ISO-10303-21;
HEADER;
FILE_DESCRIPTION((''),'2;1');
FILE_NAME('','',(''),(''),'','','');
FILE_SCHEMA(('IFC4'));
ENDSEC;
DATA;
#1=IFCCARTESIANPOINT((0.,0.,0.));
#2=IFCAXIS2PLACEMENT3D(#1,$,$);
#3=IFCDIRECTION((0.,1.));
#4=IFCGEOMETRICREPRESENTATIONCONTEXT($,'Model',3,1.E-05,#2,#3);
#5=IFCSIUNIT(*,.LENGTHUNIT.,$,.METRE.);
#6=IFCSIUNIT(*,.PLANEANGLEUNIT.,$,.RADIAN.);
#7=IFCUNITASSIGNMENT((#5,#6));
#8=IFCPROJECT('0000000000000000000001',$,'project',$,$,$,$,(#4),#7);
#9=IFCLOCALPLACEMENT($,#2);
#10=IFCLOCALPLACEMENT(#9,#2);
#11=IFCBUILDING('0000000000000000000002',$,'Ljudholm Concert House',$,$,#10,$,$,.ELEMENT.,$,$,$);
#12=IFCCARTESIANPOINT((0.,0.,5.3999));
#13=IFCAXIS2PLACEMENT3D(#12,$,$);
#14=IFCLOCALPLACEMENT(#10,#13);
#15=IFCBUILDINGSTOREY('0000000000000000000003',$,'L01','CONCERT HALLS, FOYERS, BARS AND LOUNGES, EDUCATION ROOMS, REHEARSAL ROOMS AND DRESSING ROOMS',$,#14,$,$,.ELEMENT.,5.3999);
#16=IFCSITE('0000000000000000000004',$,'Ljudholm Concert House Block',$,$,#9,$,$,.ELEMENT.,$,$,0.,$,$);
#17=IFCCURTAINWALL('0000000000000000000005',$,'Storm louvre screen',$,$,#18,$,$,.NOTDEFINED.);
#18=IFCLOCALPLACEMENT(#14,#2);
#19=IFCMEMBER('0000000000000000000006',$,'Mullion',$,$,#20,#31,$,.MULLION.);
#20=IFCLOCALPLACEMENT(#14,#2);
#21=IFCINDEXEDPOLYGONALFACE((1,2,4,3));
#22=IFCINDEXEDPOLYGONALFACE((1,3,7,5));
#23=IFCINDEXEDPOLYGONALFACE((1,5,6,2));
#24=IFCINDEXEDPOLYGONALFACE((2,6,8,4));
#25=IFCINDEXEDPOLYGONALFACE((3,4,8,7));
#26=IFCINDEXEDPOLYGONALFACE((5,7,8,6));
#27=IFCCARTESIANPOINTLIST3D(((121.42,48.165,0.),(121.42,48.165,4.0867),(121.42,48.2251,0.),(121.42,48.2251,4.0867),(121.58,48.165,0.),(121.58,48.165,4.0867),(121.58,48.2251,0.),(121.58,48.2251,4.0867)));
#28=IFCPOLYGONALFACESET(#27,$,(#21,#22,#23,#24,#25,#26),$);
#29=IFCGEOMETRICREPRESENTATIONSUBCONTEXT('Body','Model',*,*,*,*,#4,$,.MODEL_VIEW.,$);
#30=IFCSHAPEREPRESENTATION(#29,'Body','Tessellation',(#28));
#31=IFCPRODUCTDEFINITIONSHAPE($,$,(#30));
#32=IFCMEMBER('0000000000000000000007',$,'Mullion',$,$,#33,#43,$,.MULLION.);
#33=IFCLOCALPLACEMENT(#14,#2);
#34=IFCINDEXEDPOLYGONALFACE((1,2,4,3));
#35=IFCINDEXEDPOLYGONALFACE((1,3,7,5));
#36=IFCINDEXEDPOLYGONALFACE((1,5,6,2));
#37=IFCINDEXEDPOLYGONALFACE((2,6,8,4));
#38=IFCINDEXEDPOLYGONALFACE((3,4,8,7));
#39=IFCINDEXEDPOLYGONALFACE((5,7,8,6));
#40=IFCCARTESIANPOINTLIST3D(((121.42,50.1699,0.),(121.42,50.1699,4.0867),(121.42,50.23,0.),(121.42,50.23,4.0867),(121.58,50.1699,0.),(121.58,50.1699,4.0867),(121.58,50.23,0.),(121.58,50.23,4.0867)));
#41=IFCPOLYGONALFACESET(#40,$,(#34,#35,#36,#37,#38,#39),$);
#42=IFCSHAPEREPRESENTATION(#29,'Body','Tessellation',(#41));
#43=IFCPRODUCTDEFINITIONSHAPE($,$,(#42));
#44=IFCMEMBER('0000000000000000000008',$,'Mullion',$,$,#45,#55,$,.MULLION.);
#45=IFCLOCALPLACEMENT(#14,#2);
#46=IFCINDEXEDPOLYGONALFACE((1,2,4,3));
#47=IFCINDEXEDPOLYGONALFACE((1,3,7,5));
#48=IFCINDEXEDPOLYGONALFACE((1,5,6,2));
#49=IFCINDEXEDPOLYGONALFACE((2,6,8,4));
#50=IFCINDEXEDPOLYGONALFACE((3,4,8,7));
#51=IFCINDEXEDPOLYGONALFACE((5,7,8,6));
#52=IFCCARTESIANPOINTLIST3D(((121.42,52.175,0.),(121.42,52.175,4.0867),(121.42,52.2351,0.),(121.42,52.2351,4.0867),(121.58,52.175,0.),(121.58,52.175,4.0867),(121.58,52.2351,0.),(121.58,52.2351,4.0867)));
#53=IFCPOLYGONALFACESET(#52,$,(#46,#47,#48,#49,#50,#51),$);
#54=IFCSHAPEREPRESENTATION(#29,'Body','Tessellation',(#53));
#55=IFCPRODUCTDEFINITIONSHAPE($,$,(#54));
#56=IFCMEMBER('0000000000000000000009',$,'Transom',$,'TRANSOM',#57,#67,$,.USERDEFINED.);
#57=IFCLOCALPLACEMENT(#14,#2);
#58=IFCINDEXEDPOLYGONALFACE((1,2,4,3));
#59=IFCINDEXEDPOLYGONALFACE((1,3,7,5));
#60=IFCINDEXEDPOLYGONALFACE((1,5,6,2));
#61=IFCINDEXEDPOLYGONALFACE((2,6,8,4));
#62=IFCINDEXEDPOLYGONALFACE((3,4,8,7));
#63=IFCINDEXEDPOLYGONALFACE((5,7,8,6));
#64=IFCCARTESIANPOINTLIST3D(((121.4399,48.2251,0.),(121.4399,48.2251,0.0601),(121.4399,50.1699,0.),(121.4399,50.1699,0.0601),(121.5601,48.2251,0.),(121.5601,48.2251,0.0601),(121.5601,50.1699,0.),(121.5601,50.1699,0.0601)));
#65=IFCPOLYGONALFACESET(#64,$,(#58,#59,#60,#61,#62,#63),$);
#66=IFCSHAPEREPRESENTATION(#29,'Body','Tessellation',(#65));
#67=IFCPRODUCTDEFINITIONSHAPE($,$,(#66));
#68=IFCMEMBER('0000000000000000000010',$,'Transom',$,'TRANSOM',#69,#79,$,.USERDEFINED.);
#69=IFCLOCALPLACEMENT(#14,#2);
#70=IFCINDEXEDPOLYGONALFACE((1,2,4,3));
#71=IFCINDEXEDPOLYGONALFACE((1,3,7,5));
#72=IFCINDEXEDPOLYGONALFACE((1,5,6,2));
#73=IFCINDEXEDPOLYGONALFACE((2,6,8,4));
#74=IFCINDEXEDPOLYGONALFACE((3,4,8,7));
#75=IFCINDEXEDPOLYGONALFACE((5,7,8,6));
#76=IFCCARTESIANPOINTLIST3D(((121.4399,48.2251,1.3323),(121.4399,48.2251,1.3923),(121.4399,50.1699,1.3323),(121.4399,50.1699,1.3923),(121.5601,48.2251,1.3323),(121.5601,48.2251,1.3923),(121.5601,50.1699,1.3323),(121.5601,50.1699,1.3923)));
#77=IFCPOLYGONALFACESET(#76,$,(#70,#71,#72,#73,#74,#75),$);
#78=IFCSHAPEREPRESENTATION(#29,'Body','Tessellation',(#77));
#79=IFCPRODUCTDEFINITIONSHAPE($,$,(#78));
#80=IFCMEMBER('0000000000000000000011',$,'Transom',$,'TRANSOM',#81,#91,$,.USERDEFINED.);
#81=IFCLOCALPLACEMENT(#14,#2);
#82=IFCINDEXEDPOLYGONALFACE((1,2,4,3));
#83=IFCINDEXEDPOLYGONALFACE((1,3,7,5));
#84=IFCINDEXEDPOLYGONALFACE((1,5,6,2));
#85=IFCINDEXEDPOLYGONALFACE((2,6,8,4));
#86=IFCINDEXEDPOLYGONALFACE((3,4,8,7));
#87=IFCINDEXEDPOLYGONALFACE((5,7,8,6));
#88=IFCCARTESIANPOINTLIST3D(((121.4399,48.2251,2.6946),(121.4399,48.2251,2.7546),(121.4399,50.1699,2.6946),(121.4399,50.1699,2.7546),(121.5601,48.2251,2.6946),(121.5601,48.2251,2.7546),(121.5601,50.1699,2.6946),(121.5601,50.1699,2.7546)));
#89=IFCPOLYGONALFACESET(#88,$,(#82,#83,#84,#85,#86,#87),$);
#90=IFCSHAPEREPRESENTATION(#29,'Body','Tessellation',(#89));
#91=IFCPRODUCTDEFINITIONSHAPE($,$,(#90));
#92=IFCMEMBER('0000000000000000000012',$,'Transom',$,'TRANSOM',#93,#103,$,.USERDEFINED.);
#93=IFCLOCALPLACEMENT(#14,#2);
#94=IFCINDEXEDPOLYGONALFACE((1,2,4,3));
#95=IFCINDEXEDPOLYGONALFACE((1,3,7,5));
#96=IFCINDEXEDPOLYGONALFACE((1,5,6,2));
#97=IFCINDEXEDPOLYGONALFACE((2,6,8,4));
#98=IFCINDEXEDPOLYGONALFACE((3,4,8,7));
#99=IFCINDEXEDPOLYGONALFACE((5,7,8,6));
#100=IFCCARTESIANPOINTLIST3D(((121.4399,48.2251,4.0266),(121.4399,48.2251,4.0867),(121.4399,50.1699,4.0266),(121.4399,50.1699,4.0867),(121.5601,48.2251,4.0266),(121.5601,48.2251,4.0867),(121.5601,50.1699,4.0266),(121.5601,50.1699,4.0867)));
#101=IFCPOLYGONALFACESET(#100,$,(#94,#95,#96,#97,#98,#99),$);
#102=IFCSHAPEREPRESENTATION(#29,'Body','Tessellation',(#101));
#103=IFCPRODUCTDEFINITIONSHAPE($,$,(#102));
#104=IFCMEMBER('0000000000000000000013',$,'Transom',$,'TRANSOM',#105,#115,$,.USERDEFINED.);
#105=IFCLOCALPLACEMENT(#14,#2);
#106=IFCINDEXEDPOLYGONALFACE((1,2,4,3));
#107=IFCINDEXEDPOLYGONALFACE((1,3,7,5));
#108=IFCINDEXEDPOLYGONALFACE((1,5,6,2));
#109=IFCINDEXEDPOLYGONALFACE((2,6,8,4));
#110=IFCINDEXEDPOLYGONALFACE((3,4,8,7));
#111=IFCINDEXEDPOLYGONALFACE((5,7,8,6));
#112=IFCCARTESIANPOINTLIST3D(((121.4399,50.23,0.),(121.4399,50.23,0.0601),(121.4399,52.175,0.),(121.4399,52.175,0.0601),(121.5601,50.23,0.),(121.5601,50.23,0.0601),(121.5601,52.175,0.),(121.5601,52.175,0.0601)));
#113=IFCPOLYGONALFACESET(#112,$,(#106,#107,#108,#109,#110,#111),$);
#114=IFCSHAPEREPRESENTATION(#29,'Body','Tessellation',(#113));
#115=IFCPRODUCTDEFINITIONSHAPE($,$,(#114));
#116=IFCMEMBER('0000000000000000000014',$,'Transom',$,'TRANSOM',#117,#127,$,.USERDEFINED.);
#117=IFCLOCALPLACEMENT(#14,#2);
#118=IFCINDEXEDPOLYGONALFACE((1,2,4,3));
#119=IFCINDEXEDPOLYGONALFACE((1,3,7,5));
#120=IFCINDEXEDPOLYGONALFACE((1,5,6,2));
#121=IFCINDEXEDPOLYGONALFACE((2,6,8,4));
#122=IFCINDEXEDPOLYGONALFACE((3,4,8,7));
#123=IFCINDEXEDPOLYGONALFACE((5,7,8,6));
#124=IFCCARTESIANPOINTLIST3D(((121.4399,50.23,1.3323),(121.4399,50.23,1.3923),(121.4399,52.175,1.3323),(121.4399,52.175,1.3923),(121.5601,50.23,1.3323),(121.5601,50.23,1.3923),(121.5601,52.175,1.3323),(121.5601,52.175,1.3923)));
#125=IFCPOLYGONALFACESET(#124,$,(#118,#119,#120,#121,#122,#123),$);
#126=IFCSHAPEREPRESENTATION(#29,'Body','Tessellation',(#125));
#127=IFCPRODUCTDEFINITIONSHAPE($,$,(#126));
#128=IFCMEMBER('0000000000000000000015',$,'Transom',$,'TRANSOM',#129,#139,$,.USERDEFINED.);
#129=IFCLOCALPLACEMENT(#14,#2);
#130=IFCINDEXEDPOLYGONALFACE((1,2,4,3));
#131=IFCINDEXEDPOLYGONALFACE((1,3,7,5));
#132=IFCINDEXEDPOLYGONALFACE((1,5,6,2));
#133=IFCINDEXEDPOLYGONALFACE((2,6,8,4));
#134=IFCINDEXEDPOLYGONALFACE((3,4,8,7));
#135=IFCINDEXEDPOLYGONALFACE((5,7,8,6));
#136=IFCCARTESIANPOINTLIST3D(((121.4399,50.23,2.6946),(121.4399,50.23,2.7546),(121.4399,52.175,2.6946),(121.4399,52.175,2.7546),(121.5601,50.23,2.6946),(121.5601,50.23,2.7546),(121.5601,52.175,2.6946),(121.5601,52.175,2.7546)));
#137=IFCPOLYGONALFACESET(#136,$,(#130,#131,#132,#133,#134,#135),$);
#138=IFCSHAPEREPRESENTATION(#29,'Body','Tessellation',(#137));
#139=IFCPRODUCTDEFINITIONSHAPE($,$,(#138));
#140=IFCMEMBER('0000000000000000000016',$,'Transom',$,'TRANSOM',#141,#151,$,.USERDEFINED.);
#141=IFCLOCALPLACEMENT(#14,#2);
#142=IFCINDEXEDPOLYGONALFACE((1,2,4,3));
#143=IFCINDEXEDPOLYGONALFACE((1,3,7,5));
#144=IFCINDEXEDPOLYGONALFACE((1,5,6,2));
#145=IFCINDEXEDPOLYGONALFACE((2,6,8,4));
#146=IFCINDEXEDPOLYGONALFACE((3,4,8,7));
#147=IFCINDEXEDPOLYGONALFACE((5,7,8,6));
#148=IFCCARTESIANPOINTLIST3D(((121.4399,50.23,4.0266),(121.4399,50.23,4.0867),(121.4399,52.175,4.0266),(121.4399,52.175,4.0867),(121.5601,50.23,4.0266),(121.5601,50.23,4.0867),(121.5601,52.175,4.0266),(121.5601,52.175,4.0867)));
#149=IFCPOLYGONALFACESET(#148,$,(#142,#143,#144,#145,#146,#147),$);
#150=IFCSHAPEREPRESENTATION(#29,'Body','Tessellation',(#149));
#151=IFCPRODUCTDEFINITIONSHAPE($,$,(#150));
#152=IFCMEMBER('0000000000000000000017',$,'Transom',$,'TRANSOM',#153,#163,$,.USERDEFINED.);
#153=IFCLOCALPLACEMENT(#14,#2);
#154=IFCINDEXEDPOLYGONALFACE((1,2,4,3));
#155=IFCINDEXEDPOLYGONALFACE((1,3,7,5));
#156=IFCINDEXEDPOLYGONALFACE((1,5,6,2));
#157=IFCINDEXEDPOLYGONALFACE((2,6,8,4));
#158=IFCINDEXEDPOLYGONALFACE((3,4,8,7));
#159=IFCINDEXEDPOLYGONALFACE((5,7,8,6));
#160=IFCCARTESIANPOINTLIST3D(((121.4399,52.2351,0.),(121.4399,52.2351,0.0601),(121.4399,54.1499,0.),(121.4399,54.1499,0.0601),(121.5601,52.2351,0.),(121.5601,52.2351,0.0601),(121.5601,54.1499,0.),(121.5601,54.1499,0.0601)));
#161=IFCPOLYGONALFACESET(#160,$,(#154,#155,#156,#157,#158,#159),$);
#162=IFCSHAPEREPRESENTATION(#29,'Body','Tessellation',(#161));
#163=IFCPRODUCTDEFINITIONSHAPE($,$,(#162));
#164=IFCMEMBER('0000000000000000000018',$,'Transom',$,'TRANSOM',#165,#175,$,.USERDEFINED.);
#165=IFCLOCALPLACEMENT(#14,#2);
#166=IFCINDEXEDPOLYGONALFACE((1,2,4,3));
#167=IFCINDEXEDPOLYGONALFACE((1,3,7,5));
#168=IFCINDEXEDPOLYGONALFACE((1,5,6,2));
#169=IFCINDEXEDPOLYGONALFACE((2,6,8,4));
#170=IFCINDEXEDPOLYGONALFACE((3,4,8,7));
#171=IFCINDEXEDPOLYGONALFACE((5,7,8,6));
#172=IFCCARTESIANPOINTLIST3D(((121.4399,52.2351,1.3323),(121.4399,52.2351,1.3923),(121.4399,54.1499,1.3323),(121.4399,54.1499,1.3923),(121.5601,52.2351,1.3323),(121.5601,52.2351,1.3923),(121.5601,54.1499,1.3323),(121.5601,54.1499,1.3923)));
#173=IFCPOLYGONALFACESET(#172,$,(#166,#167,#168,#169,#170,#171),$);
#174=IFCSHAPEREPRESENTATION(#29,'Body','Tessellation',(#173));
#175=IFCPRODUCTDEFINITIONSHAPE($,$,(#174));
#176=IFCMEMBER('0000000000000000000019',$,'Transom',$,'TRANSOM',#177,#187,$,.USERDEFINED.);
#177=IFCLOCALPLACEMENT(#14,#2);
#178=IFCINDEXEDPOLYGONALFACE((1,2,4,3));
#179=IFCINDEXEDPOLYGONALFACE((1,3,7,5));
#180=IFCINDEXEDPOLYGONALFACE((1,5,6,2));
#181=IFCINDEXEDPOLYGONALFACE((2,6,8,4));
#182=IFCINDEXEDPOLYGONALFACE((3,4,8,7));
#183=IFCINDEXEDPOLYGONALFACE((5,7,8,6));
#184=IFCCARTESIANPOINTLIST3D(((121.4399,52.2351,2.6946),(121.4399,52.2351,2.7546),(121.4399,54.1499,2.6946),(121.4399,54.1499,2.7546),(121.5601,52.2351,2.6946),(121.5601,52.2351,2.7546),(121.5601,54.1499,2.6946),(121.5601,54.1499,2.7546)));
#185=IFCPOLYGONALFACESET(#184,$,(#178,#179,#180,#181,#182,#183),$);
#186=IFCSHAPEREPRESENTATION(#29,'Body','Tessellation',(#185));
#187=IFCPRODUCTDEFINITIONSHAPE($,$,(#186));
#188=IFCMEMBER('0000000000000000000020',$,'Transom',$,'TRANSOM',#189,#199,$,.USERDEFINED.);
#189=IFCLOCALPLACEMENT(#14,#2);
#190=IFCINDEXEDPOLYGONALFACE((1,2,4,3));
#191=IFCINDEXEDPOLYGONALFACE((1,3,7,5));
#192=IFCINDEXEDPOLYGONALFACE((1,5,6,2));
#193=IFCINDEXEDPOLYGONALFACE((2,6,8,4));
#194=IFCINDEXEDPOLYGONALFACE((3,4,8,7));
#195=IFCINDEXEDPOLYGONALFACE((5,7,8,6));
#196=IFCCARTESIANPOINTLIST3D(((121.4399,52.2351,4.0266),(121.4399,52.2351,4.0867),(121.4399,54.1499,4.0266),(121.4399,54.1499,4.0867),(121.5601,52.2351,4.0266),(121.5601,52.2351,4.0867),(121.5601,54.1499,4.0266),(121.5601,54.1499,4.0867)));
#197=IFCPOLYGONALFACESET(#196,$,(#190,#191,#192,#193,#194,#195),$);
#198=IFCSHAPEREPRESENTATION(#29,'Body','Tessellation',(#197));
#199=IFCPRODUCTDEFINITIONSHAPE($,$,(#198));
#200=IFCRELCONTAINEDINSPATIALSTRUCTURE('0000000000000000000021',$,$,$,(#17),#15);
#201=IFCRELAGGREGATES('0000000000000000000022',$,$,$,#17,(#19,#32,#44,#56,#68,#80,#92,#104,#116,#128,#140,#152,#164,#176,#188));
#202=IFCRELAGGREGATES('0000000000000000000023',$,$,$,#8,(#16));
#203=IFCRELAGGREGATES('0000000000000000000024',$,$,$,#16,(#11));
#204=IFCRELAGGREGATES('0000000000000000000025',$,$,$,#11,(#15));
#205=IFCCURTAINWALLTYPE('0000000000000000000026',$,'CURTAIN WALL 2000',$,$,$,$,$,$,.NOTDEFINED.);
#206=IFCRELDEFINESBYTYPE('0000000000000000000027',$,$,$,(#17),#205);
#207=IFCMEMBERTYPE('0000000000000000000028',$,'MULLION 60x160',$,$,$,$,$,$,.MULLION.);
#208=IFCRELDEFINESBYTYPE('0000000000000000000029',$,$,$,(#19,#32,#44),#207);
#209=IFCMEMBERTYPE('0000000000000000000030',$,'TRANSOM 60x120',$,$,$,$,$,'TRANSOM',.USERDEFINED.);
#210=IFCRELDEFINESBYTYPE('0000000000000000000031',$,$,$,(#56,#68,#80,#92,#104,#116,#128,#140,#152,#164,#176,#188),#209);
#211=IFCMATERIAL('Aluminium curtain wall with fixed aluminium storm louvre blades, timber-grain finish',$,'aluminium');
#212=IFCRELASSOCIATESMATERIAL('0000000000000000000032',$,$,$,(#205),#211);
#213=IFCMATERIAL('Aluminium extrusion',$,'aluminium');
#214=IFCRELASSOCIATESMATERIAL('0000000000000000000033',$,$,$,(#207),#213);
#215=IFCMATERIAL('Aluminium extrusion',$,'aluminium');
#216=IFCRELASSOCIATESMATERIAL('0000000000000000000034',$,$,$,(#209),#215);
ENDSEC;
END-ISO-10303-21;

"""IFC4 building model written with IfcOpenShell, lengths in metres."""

from ifc_helpers import new_model, si_unit, direction, frame, origin, origin_2d, place, context, subcontext, project, spatial, rectangle, extrude, material, material_profile, profile_set, type_object, element, aggregate, save


model = new_model("IFC4")

# Units and contexts
model_context = context("Model", 3, precision=1e-05, world=origin(), true_north=direction((0.0, 1.0)))
body_context = subcontext(model_context, "Body", "Model", "MODEL_VIEW")
ifc_project = project(units=[si_unit("LENGTHUNIT", "METRE"), si_unit("PLANEANGLEUNIT", "RADIAN")], contexts=[model_context])

# Site, building, storey
site_placement = place(None, origin())
site = spatial("IfcSite", under=ifc_project, at=site_placement, Name="Ljudholm Concert House Block", CompositionType="ELEMENT", RefElevation=0.0)
building_placement = place(site_placement, origin())
building = spatial("IfcBuilding", under=site, at=building_placement, Name="Ljudholm Concert House", CompositionType="ELEMENT")
storey_placement = place(building_placement, frame((0.0, 0.0, 5.3999)))
storey = spatial("IfcBuildingStorey", under=building, at=storey_placement, Name="L01", Description="CONCERT HALLS, FOYERS, BARS AND LOUNGES, EDUCATION ROOMS, REHEARSAL ROOMS AND DRESSING ROOMS", CompositionType="ELEMENT", Elevation=5.3999)

# Curtain wall, members
ifc_material_1 = material(Name="Aluminium curtain wall with fixed aluminium storm louvre blades, timber-grain finish", Category="aluminium")
curtain_wall_type = type_object("IfcCurtainWallType", Name="CURTAIN WALL 2000", PredefinedType="NOTDEFINED", material=ifc_material_1)
curtain_wall_placement = place(storey_placement, origin())
curtain_wall = element("IfcCurtainWall", 1, at=curtain_wall_placement, inside=storey, type_object=curtain_wall_type, Name="Storm louvre screen", PredefinedType="NOTDEFINED")
ifc_material_2 = material(Name="Aluminium extrusion", Category="aluminium")
ifc_material_profile_1 = material_profile(ifc_material_2, rectangle(XDim=0.1599, YDim=0.0601, at=origin_2d()), Name="MULLION 60x160")
ifc_profile_set_1 = profile_set([ifc_material_profile_1], Name="Aluminium extrusion")
member_type_1 = type_object("IfcMemberType", Name="MULLION 60x160", PredefinedType="MULLION", material=ifc_profile_set_1)
member_1_placement = place(storey_placement, frame((121.5, 48.1951, 0.0), z_axis=(0.0, 0.0, 1.0), x_axis=(-1.0, 0.0, 0.0)))
member_1 = element("IfcMember", 2, at=member_1_placement, type_object=member_type_1, Name="Mullion", PredefinedType="MULLION", context=body_context, shape_type="SweptSolid", body=[
    extrude(rectangle(XDim=0.1599, YDim=0.0601, at=origin_2d()), origin(), (0.0, 0.0, 1.0), 4.0867),
])
member_2_placement = place(storey_placement, frame((121.5, 50.2, 0.0), z_axis=(0.0, 0.0, 1.0), x_axis=(-1.0, 0.0, 0.0)))
member_2 = element("IfcMember", 3, at=member_2_placement, type_object=member_type_1, Name="Mullion", PredefinedType="MULLION", context=body_context, shape_type="SweptSolid", body=[
    extrude(rectangle(XDim=0.1599, YDim=0.0601, at=origin_2d()), origin(), (0.0, 0.0, 1.0), 4.0867),
])
member_3_placement = place(storey_placement, frame((121.5, 52.2051, 0.0), z_axis=(0.0, 0.0, 1.0), x_axis=(-1.0, 0.0, 0.0)))
member_3 = element("IfcMember", 4, at=member_3_placement, type_object=member_type_1, Name="Mullion", PredefinedType="MULLION", context=body_context, shape_type="SweptSolid", body=[
    extrude(rectangle(XDim=0.1599, YDim=0.0601, at=origin_2d()), origin(), (0.0, 0.0, 1.0), 4.0867),
])
ifc_material_3 = material(Name="Aluminium extrusion", Category="aluminium")
ifc_material_profile_2 = material_profile(ifc_material_3, rectangle(XDim=0.1201, YDim=0.0601, at=origin_2d()), Name="TRANSOM 60x120")
ifc_profile_set_2 = profile_set([ifc_material_profile_2], Name="Aluminium extrusion")
member_type_2 = type_object("IfcMemberType", Name="TRANSOM 60x120", ElementType="TRANSOM", PredefinedType="USERDEFINED", material=ifc_profile_set_2)
member_4_placement = place(storey_placement, frame((121.5, 48.2251, 0.03), z_axis=(0.0, 1.0, 0.0), x_axis=(-1.0, 0.0, 0.0)))
member_4 = element("IfcMember", 5, at=member_4_placement, type_object=member_type_2, Name="Transom", ObjectType="TRANSOM", PredefinedType="USERDEFINED", context=body_context, shape_type="SweptSolid", body=[
    extrude(rectangle(XDim=0.1201, YDim=0.0601, at=origin_2d()), origin(), (0.0, 0.0, 1.0), 1.9448),
])
member_5_placement = place(storey_placement, frame((121.5, 48.2251, 1.3623), z_axis=(0.0, 1.0, 0.0), x_axis=(-1.0, 0.0, 0.0)))
member_5 = element("IfcMember", 6, at=member_5_placement, type_object=member_type_2, Name="Transom", ObjectType="TRANSOM", PredefinedType="USERDEFINED", context=body_context, shape_type="SweptSolid", body=[
    extrude(rectangle(XDim=0.1201, YDim=0.0601, at=origin_2d()), origin(), (0.0, 0.0, 1.0), 1.9448),
])
member_6_placement = place(storey_placement, frame((121.5, 48.2251, 2.7246), z_axis=(0.0, 1.0, 0.0), x_axis=(-1.0, 0.0, 0.0)))
member_6 = element("IfcMember", 7, at=member_6_placement, type_object=member_type_2, Name="Transom", ObjectType="TRANSOM", PredefinedType="USERDEFINED", context=body_context, shape_type="SweptSolid", body=[
    extrude(rectangle(XDim=0.1201, YDim=0.0601, at=origin_2d()), origin(), (0.0, 0.0, 1.0), 1.9448),
])
member_7_placement = place(storey_placement, frame((121.5, 48.2251, 4.0566), z_axis=(0.0, 1.0, 0.0), x_axis=(-1.0, 0.0, 0.0)))
member_7 = element("IfcMember", 8, at=member_7_placement, type_object=member_type_2, Name="Transom", ObjectType="TRANSOM", PredefinedType="USERDEFINED", context=body_context, shape_type="SweptSolid", body=[
    extrude(rectangle(XDim=0.1201, YDim=0.0601, at=origin_2d()), origin(), (0.0, 0.0, 1.0), 1.9448),
])
member_8_placement = place(storey_placement, frame((121.5, 50.23, 0.03), z_axis=(0.0, 1.0, 0.0), x_axis=(-1.0, 0.0, 0.0)))
member_8 = element("IfcMember", 9, at=member_8_placement, type_object=member_type_2, Name="Transom", ObjectType="TRANSOM", PredefinedType="USERDEFINED", context=body_context, shape_type="SweptSolid", body=[
    extrude(rectangle(XDim=0.1201, YDim=0.0601, at=origin_2d()), origin(), (0.0, 0.0, 1.0), 1.9451),
])
member_9_placement = place(storey_placement, frame((121.5, 50.23, 1.3623), z_axis=(0.0, 1.0, 0.0), x_axis=(-1.0, 0.0, 0.0)))
member_9 = element("IfcMember", 10, at=member_9_placement, type_object=member_type_2, Name="Transom", ObjectType="TRANSOM", PredefinedType="USERDEFINED", context=body_context, shape_type="SweptSolid", body=[
    extrude(rectangle(XDim=0.1201, YDim=0.0601, at=origin_2d()), origin(), (0.0, 0.0, 1.0), 1.9451),
])
member_10_placement = place(storey_placement, frame((121.5, 50.23, 2.7246), z_axis=(0.0, 1.0, 0.0), x_axis=(-1.0, 0.0, 0.0)))
member_10 = element("IfcMember", 11, at=member_10_placement, type_object=member_type_2, Name="Transom", ObjectType="TRANSOM", PredefinedType="USERDEFINED", context=body_context, shape_type="SweptSolid", body=[
    extrude(rectangle(XDim=0.1201, YDim=0.0601, at=origin_2d()), origin(), (0.0, 0.0, 1.0), 1.9451),
])
member_11_placement = place(storey_placement, frame((121.5, 50.23, 4.0566), z_axis=(0.0, 1.0, 0.0), x_axis=(-1.0, 0.0, 0.0)))
member_11 = element("IfcMember", 12, at=member_11_placement, type_object=member_type_2, Name="Transom", ObjectType="TRANSOM", PredefinedType="USERDEFINED", context=body_context, shape_type="SweptSolid", body=[
    extrude(rectangle(XDim=0.1201, YDim=0.0601, at=origin_2d()), origin(), (0.0, 0.0, 1.0), 1.9451),
])
member_12_placement = place(storey_placement, frame((121.5, 52.2351, 0.03), z_axis=(0.0, 1.0, 0.0), x_axis=(-1.0, 0.0, 0.0)))
member_12 = element("IfcMember", 13, at=member_12_placement, type_object=member_type_2, Name="Transom", ObjectType="TRANSOM", PredefinedType="USERDEFINED", context=body_context, shape_type="SweptSolid", body=[
    extrude(rectangle(XDim=0.1201, YDim=0.0601, at=origin_2d()), origin(), (0.0, 0.0, 1.0), 1.9148),
])
member_13_placement = place(storey_placement, frame((121.5, 52.2351, 1.3623), z_axis=(0.0, 1.0, 0.0), x_axis=(-1.0, 0.0, 0.0)))
member_13 = element("IfcMember", 14, at=member_13_placement, type_object=member_type_2, Name="Transom", ObjectType="TRANSOM", PredefinedType="USERDEFINED", context=body_context, shape_type="SweptSolid", body=[
    extrude(rectangle(XDim=0.1201, YDim=0.0601, at=origin_2d()), origin(), (0.0, 0.0, 1.0), 1.9148),
])
member_14_placement = place(storey_placement, frame((121.5, 52.2351, 2.7246), z_axis=(0.0, 1.0, 0.0), x_axis=(-1.0, 0.0, 0.0)))
member_14 = element("IfcMember", 15, at=member_14_placement, type_object=member_type_2, Name="Transom", ObjectType="TRANSOM", PredefinedType="USERDEFINED", context=body_context, shape_type="SweptSolid", body=[
    extrude(rectangle(XDim=0.1201, YDim=0.0601, at=origin_2d()), origin(), (0.0, 0.0, 1.0), 1.9148),
])
member_15_placement = place(storey_placement, frame((121.5, 52.2351, 4.0566), z_axis=(0.0, 1.0, 0.0), x_axis=(-1.0, 0.0, 0.0)))
member_15 = element("IfcMember", 16, at=member_15_placement, type_object=member_type_2, Name="Transom", ObjectType="TRANSOM", PredefinedType="USERDEFINED", context=body_context, shape_type="SweptSolid", body=[
    extrude(rectangle(XDim=0.1201, YDim=0.0601, at=origin_2d()), origin(), (0.0, 0.0, 1.0), 1.9148),
])
aggregate(curtain_wall, [member_1, member_2, member_3, member_4, member_5, member_6, member_7, member_8, member_9, member_10, member_11, member_12, member_13, member_14, member_15])

save(model, "model.ifc")
